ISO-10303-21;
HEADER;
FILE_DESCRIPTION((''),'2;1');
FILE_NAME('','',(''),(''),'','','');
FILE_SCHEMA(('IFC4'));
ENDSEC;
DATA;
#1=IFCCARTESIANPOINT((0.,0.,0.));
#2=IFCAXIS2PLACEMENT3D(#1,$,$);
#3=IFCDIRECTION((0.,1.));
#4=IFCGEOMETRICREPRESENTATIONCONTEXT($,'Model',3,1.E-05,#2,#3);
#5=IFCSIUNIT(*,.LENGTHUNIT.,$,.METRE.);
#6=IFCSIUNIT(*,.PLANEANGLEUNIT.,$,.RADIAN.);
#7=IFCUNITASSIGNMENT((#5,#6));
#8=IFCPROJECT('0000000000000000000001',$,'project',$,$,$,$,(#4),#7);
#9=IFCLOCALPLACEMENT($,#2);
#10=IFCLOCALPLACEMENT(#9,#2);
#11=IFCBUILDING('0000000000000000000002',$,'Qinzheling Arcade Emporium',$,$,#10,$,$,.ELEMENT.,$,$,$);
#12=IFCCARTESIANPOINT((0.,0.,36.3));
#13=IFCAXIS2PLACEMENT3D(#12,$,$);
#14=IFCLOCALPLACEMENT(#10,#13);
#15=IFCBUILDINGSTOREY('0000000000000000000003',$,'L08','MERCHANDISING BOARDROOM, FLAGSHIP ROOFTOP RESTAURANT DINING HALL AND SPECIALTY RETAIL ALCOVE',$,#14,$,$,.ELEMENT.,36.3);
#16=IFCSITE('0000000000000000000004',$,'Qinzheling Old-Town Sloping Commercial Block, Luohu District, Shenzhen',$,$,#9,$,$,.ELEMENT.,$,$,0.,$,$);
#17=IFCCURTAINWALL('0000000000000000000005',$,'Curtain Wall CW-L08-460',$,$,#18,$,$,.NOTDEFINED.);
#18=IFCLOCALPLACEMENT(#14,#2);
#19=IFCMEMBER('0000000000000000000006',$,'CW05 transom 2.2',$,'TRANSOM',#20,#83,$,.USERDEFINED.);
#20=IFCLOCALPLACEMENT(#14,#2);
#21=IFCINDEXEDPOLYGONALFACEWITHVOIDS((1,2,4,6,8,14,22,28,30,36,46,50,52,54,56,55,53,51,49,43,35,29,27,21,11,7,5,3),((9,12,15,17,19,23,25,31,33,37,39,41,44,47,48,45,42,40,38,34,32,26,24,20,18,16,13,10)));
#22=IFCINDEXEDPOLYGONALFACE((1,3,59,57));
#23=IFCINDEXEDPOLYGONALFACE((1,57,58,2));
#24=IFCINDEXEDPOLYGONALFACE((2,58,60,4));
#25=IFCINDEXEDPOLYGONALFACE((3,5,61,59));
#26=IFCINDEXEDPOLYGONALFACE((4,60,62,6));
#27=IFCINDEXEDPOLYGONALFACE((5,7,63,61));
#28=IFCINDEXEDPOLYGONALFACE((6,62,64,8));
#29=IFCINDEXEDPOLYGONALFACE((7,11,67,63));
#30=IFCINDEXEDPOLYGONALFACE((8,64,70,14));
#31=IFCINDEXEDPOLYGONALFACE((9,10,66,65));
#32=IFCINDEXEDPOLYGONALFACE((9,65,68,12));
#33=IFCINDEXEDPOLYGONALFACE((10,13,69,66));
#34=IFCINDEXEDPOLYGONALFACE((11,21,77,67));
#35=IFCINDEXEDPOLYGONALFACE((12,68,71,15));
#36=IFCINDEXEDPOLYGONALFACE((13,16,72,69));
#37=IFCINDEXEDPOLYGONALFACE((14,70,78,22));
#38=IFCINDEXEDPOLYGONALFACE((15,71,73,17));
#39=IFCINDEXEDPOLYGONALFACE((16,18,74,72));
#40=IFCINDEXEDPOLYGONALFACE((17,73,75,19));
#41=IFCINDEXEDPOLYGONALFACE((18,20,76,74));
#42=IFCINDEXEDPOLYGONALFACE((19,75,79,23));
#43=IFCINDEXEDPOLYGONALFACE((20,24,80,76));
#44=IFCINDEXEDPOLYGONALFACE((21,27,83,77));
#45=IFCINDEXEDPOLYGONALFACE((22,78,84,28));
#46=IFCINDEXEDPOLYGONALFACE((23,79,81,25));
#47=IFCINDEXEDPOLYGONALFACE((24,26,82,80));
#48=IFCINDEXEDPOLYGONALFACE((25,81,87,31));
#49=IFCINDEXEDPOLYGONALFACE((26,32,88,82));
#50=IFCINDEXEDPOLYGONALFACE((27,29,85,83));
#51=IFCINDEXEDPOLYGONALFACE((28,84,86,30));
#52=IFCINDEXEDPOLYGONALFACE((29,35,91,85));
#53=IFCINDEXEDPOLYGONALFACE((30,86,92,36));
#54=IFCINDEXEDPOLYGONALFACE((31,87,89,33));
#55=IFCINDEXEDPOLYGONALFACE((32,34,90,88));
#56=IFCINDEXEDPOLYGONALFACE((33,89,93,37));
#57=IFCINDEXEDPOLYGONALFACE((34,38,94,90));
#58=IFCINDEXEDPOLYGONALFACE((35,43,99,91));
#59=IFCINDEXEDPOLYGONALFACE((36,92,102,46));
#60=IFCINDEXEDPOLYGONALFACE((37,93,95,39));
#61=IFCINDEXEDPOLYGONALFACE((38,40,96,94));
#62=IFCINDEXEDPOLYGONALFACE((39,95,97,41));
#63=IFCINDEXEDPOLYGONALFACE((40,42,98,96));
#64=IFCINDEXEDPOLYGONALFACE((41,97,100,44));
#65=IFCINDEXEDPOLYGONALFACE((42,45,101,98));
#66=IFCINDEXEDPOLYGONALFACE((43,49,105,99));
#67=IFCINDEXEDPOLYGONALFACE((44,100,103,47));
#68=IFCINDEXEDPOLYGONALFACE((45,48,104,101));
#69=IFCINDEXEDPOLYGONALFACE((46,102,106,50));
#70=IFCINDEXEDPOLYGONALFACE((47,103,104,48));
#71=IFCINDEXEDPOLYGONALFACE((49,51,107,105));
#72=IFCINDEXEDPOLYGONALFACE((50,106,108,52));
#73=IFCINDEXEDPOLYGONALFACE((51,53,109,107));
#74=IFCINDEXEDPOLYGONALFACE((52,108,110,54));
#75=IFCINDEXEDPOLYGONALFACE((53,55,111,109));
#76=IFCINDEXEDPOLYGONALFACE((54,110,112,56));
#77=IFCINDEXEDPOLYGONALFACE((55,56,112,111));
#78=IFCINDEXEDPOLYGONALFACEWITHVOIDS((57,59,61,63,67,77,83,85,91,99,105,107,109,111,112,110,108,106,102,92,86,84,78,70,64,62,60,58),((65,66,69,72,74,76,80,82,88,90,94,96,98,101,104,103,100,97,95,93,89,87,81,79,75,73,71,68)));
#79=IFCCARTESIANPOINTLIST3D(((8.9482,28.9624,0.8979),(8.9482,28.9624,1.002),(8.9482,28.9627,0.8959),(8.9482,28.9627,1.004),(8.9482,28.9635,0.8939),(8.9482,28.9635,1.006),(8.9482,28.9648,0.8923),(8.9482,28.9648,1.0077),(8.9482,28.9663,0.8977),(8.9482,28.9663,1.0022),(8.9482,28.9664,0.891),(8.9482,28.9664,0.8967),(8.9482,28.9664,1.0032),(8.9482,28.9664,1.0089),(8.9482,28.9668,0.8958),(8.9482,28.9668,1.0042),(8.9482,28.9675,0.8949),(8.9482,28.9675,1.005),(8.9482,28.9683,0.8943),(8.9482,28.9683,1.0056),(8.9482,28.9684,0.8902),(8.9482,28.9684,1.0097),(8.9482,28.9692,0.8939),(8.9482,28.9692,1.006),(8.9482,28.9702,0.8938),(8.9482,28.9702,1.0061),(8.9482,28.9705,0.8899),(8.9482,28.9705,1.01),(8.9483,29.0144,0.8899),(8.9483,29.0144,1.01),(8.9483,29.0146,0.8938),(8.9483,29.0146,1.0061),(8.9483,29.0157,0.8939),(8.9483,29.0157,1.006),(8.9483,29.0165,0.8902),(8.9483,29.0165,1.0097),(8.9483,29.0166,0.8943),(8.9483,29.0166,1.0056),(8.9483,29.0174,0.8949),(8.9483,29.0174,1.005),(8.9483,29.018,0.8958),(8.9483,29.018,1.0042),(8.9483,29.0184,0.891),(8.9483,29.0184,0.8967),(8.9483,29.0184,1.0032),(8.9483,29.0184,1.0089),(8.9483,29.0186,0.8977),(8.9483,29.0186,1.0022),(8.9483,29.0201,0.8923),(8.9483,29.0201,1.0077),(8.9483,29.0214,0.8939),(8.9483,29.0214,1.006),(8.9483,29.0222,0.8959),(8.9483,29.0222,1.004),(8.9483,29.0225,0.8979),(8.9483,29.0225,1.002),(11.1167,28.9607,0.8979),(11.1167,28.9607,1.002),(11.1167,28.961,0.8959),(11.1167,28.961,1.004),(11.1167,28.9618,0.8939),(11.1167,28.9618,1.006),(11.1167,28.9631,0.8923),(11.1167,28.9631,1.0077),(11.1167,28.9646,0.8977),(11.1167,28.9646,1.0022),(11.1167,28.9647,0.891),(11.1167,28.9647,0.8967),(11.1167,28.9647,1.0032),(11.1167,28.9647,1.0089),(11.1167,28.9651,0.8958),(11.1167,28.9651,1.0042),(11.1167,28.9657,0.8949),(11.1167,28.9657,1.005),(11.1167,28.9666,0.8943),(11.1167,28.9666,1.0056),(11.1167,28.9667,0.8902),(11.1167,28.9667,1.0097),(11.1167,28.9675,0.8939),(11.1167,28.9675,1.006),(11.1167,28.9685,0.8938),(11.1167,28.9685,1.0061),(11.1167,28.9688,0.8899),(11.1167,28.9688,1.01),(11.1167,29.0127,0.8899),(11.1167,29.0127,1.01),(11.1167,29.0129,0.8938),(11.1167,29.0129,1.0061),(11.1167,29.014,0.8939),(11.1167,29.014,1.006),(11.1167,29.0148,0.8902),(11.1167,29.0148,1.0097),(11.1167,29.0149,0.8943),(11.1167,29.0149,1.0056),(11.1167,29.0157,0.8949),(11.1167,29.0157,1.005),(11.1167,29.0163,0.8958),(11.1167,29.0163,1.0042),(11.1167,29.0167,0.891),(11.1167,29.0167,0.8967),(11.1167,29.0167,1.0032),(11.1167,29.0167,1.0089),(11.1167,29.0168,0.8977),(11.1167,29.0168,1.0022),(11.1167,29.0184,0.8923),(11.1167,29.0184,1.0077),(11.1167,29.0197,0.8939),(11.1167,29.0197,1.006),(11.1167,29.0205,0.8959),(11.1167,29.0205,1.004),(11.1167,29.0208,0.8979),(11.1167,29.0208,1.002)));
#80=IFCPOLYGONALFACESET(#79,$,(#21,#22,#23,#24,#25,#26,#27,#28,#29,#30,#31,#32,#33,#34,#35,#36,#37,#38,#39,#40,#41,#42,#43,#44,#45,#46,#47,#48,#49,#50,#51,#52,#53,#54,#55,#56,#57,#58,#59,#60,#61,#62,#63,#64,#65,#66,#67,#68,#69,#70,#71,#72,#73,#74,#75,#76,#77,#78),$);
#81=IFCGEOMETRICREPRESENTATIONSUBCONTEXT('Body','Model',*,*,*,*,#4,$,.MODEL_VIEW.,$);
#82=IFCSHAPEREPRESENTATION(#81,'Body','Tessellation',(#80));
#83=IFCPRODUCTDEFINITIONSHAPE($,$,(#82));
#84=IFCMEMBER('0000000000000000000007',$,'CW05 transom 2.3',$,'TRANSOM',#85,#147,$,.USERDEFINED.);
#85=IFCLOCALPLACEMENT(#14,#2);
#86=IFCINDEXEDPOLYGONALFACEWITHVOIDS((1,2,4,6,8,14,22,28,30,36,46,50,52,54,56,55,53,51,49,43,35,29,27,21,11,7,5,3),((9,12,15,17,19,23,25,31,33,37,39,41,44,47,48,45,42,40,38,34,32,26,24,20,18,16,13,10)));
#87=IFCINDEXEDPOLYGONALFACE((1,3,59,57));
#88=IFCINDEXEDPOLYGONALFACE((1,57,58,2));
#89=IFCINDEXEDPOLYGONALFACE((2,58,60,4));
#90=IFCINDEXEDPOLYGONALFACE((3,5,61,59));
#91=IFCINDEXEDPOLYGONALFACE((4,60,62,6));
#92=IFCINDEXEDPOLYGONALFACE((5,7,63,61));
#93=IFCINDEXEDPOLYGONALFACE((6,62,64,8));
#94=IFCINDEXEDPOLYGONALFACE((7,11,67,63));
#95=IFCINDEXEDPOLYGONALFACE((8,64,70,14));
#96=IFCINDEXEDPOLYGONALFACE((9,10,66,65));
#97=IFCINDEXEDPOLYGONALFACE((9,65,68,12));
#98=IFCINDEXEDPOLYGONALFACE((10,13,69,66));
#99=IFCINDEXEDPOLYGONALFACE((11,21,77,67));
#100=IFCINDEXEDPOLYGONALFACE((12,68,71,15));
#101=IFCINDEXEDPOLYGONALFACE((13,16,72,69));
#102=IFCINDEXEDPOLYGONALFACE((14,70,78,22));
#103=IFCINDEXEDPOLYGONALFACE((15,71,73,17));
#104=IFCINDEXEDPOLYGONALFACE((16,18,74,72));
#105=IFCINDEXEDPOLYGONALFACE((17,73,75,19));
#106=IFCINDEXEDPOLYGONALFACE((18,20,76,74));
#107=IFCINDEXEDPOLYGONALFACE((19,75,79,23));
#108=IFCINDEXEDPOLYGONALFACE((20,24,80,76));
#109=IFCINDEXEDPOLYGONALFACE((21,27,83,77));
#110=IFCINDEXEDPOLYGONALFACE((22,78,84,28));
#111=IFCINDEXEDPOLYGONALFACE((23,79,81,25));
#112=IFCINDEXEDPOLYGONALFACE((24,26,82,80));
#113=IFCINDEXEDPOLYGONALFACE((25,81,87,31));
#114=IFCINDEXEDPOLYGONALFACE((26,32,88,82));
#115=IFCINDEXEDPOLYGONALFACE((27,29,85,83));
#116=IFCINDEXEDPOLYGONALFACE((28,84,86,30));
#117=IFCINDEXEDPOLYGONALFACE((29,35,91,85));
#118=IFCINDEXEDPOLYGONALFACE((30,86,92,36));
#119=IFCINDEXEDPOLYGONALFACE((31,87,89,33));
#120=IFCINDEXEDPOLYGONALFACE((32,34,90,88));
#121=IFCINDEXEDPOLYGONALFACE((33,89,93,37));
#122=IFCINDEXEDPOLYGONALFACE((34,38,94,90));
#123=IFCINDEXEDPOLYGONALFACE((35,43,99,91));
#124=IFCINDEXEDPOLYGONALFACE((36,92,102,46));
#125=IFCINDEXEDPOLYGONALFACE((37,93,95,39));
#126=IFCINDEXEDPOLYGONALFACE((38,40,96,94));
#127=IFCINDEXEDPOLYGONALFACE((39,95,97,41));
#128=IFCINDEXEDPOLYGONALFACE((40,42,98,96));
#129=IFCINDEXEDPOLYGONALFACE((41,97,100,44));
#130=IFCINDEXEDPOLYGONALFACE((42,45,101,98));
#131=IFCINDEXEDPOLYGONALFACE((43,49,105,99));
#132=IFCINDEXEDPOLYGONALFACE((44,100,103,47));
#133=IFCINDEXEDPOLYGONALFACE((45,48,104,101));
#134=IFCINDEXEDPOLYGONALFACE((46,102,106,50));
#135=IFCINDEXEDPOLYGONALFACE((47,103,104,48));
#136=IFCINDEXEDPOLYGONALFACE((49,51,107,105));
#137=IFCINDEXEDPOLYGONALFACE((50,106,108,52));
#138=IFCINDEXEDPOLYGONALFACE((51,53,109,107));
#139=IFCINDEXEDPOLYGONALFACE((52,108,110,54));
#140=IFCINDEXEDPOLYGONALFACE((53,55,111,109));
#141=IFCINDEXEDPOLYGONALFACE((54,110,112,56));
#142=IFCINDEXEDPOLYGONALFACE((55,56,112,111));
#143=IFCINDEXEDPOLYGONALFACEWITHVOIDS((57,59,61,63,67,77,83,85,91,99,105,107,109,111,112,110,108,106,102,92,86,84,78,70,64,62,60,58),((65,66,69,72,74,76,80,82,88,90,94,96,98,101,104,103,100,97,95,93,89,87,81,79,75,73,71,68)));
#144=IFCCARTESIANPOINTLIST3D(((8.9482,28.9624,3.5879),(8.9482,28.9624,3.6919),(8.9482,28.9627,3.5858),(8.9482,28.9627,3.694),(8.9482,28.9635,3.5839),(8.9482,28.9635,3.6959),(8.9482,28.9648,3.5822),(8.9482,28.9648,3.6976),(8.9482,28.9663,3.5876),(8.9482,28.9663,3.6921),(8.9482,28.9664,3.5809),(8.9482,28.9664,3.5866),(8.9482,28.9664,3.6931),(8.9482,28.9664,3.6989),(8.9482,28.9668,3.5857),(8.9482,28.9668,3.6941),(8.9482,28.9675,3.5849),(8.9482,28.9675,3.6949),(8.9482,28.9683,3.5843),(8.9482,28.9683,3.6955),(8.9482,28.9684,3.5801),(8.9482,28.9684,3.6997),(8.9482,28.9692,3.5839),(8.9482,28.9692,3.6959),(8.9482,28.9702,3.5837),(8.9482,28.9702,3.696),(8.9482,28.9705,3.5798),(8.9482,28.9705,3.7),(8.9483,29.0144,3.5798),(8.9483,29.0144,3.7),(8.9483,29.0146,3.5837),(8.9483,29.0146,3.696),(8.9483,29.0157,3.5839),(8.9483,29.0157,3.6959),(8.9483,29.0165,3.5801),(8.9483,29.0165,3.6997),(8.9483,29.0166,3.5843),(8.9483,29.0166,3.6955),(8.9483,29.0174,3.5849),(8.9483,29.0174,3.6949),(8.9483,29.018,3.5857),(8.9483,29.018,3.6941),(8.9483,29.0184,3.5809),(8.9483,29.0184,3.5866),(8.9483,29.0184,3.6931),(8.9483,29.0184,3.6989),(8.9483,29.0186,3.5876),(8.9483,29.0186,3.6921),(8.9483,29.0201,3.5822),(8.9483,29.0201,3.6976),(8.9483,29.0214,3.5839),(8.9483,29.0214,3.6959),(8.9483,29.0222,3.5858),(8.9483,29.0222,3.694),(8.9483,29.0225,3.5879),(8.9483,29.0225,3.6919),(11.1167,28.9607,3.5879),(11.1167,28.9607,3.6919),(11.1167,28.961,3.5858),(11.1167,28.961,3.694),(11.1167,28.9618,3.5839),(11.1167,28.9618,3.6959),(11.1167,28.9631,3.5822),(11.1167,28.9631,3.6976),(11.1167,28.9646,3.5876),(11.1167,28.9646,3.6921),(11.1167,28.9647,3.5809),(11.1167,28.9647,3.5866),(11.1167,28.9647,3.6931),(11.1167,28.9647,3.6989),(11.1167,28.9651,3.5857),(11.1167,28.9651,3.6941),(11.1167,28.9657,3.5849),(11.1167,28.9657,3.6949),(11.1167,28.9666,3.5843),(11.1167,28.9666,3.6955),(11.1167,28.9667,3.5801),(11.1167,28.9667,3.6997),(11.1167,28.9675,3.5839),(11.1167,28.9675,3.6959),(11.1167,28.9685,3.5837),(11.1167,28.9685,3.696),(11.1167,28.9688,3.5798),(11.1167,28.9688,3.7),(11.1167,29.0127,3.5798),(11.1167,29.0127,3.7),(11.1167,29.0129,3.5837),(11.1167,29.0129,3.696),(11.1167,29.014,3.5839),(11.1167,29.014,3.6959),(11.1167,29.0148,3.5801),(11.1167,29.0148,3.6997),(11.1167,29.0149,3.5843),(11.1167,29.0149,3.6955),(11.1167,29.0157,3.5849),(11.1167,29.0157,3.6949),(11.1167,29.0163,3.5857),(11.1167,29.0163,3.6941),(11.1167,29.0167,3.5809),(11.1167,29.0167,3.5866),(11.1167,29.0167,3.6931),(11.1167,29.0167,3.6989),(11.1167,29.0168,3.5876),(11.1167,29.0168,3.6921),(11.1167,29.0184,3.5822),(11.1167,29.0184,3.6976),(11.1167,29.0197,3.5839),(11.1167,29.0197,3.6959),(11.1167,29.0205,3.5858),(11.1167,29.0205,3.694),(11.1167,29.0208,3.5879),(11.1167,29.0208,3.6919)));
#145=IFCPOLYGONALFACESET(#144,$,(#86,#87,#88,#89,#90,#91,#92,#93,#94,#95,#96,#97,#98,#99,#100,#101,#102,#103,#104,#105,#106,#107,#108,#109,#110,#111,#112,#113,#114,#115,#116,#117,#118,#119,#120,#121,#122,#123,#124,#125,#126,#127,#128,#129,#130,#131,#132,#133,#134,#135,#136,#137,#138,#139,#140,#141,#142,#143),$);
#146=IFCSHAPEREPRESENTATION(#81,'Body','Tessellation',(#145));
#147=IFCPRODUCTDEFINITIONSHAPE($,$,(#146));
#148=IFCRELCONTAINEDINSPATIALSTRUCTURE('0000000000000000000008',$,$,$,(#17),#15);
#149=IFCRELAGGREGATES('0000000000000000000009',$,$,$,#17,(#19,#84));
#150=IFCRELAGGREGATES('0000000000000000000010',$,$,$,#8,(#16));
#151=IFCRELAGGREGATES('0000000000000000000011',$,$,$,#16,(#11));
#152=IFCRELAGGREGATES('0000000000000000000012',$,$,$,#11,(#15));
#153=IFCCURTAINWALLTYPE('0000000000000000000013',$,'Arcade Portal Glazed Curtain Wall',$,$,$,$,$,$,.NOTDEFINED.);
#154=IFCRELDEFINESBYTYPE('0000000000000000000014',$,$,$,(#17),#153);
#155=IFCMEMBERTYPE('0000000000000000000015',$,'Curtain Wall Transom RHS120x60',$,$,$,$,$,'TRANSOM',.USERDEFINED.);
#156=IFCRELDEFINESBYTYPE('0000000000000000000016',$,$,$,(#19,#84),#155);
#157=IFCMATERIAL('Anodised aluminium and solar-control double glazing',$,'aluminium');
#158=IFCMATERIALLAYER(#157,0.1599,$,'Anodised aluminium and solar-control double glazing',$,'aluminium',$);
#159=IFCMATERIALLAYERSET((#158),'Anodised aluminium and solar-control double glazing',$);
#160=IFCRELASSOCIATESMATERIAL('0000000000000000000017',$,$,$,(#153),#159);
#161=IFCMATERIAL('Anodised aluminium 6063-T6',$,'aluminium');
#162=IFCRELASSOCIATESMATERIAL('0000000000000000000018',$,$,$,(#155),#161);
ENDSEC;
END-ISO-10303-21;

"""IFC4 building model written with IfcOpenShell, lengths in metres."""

from ifc_helpers import new_model, si_unit, direction, frame, origin, origin_2d, place, context, subcontext, project, spatial, hollow_rectangle, extrude, material, layer, layer_set, material_profile, profile_set, type_object, element, aggregate, save


model = new_model("IFC4")

# Units and contexts
model_context = context("Model", 3, precision=1e-05, world=origin(), true_north=direction((0.0, 1.0)))
body_context = subcontext(model_context, "Body", "Model", "MODEL_VIEW")
ifc_project = project(units=[si_unit("LENGTHUNIT", "METRE"), si_unit("PLANEANGLEUNIT", "RADIAN")], contexts=[model_context])

# Site, building, storey
site_placement = place(None, origin())
site = spatial("IfcSite", under=ifc_project, at=site_placement, Name="Qinzheling Old-Town Sloping Commercial Block, Luohu District, Shenzhen", CompositionType="ELEMENT", RefElevation=0.0)
building_placement = place(site_placement, origin())
building = spatial("IfcBuilding", under=site, at=building_placement, Name="Qinzheling Arcade Emporium", CompositionType="ELEMENT")
storey_placement = place(building_placement, frame((0.0, 0.0, 36.3)))
storey = spatial("IfcBuildingStorey", under=building, at=storey_placement, Name="L08", Description="MERCHANDISING BOARDROOM, FLAGSHIP ROOFTOP RESTAURANT DINING HALL AND SPECIALTY RETAIL ALCOVE", CompositionType="ELEMENT", Elevation=36.3)

# Shared definitions
ifc_material_1 = material(Name="Anodised aluminium and solar-control double glazing", Category="aluminium")
ifc_layer_1 = layer(ifc_material_1, 0.1599, Name="Anodised aluminium and solar-control double glazing", Category="aluminium")
ifc_layer_set_1 = layer_set([ifc_layer_1], Name="Anodised aluminium and solar-control double glazing")
curtain_wall_type = type_object("IfcCurtainWallType", Name="Arcade Portal Glazed Curtain Wall", PredefinedType="NOTDEFINED", material=ifc_layer_set_1)
ifc_material_2 = material(Name="Anodised aluminium 6063-T6", Category="aluminium")

# Curtain wall
curtain_wall_1_placement = place(storey_placement, origin())
curtain_wall_1 = element("IfcCurtainWall", 1, at=curtain_wall_1_placement, inside=storey, type_object=curtain_wall_type, Name="Curtain Wall CW-L08-460", PredefinedType="NOTDEFINED")

# Members
ifc_material_profile_1 = material_profile(ifc_material_2, hollow_rectangle(XDim=0.0601, YDim=0.1201, WallThickness=0.0039, InnerFilletRadius=0.0039, OuterFilletRadius=0.0081, at=origin_2d()), Name="RHS 120x60x4", Category="aluminium")
ifc_profile_set_1 = profile_set([ifc_material_profile_1], Name="Anodised aluminium 6063-T6")
member_type_1 = type_object("IfcMemberType", Name="Curtain Wall Transom RHS120x60", ElementType="TRANSOM", PredefinedType="USERDEFINED", material=ifc_profile_set_1)
member_1_placement = place(storey_placement, frame((11.1167, 28.9907, 0.95), z_axis=(-1.0, 0.000788, 0.0), x_axis=(-0.000788, -1.0, 0.0)))
member_1 = element("IfcMember", 2, at=member_1_placement, type_object=member_type_1, Name="CW05 transom 2.2", ObjectType="TRANSOM", PredefinedType="USERDEFINED", context=body_context, shape_type="SweptSolid", body=[
    extrude(hollow_rectangle(XDim=0.0601, YDim=0.1201, WallThickness=0.0039, InnerFilletRadius=0.0039, OuterFilletRadius=0.0081, at=origin_2d()), origin(), (0.0, 0.0, 1.0), 2.1685),
])
member_2_placement = place(storey_placement, frame((11.1167, 28.9907, 3.6399), z_axis=(-1.0, 0.000788, 0.0), x_axis=(-0.000788, -1.0, 0.0)))
member_2 = element("IfcMember", 3, at=member_2_placement, type_object=member_type_1, Name="CW05 transom 2.3", ObjectType="TRANSOM", PredefinedType="USERDEFINED", context=body_context, shape_type="SweptSolid", body=[
    extrude(hollow_rectangle(XDim=0.0601, YDim=0.1201, WallThickness=0.0039, InnerFilletRadius=0.0039, OuterFilletRadius=0.0081, at=origin_2d()), origin(), (0.0, 0.0, 1.0), 2.1685),
])

aggregate(curtain_wall_1, [member_1, member_2])

save(model, "model.ifc")
